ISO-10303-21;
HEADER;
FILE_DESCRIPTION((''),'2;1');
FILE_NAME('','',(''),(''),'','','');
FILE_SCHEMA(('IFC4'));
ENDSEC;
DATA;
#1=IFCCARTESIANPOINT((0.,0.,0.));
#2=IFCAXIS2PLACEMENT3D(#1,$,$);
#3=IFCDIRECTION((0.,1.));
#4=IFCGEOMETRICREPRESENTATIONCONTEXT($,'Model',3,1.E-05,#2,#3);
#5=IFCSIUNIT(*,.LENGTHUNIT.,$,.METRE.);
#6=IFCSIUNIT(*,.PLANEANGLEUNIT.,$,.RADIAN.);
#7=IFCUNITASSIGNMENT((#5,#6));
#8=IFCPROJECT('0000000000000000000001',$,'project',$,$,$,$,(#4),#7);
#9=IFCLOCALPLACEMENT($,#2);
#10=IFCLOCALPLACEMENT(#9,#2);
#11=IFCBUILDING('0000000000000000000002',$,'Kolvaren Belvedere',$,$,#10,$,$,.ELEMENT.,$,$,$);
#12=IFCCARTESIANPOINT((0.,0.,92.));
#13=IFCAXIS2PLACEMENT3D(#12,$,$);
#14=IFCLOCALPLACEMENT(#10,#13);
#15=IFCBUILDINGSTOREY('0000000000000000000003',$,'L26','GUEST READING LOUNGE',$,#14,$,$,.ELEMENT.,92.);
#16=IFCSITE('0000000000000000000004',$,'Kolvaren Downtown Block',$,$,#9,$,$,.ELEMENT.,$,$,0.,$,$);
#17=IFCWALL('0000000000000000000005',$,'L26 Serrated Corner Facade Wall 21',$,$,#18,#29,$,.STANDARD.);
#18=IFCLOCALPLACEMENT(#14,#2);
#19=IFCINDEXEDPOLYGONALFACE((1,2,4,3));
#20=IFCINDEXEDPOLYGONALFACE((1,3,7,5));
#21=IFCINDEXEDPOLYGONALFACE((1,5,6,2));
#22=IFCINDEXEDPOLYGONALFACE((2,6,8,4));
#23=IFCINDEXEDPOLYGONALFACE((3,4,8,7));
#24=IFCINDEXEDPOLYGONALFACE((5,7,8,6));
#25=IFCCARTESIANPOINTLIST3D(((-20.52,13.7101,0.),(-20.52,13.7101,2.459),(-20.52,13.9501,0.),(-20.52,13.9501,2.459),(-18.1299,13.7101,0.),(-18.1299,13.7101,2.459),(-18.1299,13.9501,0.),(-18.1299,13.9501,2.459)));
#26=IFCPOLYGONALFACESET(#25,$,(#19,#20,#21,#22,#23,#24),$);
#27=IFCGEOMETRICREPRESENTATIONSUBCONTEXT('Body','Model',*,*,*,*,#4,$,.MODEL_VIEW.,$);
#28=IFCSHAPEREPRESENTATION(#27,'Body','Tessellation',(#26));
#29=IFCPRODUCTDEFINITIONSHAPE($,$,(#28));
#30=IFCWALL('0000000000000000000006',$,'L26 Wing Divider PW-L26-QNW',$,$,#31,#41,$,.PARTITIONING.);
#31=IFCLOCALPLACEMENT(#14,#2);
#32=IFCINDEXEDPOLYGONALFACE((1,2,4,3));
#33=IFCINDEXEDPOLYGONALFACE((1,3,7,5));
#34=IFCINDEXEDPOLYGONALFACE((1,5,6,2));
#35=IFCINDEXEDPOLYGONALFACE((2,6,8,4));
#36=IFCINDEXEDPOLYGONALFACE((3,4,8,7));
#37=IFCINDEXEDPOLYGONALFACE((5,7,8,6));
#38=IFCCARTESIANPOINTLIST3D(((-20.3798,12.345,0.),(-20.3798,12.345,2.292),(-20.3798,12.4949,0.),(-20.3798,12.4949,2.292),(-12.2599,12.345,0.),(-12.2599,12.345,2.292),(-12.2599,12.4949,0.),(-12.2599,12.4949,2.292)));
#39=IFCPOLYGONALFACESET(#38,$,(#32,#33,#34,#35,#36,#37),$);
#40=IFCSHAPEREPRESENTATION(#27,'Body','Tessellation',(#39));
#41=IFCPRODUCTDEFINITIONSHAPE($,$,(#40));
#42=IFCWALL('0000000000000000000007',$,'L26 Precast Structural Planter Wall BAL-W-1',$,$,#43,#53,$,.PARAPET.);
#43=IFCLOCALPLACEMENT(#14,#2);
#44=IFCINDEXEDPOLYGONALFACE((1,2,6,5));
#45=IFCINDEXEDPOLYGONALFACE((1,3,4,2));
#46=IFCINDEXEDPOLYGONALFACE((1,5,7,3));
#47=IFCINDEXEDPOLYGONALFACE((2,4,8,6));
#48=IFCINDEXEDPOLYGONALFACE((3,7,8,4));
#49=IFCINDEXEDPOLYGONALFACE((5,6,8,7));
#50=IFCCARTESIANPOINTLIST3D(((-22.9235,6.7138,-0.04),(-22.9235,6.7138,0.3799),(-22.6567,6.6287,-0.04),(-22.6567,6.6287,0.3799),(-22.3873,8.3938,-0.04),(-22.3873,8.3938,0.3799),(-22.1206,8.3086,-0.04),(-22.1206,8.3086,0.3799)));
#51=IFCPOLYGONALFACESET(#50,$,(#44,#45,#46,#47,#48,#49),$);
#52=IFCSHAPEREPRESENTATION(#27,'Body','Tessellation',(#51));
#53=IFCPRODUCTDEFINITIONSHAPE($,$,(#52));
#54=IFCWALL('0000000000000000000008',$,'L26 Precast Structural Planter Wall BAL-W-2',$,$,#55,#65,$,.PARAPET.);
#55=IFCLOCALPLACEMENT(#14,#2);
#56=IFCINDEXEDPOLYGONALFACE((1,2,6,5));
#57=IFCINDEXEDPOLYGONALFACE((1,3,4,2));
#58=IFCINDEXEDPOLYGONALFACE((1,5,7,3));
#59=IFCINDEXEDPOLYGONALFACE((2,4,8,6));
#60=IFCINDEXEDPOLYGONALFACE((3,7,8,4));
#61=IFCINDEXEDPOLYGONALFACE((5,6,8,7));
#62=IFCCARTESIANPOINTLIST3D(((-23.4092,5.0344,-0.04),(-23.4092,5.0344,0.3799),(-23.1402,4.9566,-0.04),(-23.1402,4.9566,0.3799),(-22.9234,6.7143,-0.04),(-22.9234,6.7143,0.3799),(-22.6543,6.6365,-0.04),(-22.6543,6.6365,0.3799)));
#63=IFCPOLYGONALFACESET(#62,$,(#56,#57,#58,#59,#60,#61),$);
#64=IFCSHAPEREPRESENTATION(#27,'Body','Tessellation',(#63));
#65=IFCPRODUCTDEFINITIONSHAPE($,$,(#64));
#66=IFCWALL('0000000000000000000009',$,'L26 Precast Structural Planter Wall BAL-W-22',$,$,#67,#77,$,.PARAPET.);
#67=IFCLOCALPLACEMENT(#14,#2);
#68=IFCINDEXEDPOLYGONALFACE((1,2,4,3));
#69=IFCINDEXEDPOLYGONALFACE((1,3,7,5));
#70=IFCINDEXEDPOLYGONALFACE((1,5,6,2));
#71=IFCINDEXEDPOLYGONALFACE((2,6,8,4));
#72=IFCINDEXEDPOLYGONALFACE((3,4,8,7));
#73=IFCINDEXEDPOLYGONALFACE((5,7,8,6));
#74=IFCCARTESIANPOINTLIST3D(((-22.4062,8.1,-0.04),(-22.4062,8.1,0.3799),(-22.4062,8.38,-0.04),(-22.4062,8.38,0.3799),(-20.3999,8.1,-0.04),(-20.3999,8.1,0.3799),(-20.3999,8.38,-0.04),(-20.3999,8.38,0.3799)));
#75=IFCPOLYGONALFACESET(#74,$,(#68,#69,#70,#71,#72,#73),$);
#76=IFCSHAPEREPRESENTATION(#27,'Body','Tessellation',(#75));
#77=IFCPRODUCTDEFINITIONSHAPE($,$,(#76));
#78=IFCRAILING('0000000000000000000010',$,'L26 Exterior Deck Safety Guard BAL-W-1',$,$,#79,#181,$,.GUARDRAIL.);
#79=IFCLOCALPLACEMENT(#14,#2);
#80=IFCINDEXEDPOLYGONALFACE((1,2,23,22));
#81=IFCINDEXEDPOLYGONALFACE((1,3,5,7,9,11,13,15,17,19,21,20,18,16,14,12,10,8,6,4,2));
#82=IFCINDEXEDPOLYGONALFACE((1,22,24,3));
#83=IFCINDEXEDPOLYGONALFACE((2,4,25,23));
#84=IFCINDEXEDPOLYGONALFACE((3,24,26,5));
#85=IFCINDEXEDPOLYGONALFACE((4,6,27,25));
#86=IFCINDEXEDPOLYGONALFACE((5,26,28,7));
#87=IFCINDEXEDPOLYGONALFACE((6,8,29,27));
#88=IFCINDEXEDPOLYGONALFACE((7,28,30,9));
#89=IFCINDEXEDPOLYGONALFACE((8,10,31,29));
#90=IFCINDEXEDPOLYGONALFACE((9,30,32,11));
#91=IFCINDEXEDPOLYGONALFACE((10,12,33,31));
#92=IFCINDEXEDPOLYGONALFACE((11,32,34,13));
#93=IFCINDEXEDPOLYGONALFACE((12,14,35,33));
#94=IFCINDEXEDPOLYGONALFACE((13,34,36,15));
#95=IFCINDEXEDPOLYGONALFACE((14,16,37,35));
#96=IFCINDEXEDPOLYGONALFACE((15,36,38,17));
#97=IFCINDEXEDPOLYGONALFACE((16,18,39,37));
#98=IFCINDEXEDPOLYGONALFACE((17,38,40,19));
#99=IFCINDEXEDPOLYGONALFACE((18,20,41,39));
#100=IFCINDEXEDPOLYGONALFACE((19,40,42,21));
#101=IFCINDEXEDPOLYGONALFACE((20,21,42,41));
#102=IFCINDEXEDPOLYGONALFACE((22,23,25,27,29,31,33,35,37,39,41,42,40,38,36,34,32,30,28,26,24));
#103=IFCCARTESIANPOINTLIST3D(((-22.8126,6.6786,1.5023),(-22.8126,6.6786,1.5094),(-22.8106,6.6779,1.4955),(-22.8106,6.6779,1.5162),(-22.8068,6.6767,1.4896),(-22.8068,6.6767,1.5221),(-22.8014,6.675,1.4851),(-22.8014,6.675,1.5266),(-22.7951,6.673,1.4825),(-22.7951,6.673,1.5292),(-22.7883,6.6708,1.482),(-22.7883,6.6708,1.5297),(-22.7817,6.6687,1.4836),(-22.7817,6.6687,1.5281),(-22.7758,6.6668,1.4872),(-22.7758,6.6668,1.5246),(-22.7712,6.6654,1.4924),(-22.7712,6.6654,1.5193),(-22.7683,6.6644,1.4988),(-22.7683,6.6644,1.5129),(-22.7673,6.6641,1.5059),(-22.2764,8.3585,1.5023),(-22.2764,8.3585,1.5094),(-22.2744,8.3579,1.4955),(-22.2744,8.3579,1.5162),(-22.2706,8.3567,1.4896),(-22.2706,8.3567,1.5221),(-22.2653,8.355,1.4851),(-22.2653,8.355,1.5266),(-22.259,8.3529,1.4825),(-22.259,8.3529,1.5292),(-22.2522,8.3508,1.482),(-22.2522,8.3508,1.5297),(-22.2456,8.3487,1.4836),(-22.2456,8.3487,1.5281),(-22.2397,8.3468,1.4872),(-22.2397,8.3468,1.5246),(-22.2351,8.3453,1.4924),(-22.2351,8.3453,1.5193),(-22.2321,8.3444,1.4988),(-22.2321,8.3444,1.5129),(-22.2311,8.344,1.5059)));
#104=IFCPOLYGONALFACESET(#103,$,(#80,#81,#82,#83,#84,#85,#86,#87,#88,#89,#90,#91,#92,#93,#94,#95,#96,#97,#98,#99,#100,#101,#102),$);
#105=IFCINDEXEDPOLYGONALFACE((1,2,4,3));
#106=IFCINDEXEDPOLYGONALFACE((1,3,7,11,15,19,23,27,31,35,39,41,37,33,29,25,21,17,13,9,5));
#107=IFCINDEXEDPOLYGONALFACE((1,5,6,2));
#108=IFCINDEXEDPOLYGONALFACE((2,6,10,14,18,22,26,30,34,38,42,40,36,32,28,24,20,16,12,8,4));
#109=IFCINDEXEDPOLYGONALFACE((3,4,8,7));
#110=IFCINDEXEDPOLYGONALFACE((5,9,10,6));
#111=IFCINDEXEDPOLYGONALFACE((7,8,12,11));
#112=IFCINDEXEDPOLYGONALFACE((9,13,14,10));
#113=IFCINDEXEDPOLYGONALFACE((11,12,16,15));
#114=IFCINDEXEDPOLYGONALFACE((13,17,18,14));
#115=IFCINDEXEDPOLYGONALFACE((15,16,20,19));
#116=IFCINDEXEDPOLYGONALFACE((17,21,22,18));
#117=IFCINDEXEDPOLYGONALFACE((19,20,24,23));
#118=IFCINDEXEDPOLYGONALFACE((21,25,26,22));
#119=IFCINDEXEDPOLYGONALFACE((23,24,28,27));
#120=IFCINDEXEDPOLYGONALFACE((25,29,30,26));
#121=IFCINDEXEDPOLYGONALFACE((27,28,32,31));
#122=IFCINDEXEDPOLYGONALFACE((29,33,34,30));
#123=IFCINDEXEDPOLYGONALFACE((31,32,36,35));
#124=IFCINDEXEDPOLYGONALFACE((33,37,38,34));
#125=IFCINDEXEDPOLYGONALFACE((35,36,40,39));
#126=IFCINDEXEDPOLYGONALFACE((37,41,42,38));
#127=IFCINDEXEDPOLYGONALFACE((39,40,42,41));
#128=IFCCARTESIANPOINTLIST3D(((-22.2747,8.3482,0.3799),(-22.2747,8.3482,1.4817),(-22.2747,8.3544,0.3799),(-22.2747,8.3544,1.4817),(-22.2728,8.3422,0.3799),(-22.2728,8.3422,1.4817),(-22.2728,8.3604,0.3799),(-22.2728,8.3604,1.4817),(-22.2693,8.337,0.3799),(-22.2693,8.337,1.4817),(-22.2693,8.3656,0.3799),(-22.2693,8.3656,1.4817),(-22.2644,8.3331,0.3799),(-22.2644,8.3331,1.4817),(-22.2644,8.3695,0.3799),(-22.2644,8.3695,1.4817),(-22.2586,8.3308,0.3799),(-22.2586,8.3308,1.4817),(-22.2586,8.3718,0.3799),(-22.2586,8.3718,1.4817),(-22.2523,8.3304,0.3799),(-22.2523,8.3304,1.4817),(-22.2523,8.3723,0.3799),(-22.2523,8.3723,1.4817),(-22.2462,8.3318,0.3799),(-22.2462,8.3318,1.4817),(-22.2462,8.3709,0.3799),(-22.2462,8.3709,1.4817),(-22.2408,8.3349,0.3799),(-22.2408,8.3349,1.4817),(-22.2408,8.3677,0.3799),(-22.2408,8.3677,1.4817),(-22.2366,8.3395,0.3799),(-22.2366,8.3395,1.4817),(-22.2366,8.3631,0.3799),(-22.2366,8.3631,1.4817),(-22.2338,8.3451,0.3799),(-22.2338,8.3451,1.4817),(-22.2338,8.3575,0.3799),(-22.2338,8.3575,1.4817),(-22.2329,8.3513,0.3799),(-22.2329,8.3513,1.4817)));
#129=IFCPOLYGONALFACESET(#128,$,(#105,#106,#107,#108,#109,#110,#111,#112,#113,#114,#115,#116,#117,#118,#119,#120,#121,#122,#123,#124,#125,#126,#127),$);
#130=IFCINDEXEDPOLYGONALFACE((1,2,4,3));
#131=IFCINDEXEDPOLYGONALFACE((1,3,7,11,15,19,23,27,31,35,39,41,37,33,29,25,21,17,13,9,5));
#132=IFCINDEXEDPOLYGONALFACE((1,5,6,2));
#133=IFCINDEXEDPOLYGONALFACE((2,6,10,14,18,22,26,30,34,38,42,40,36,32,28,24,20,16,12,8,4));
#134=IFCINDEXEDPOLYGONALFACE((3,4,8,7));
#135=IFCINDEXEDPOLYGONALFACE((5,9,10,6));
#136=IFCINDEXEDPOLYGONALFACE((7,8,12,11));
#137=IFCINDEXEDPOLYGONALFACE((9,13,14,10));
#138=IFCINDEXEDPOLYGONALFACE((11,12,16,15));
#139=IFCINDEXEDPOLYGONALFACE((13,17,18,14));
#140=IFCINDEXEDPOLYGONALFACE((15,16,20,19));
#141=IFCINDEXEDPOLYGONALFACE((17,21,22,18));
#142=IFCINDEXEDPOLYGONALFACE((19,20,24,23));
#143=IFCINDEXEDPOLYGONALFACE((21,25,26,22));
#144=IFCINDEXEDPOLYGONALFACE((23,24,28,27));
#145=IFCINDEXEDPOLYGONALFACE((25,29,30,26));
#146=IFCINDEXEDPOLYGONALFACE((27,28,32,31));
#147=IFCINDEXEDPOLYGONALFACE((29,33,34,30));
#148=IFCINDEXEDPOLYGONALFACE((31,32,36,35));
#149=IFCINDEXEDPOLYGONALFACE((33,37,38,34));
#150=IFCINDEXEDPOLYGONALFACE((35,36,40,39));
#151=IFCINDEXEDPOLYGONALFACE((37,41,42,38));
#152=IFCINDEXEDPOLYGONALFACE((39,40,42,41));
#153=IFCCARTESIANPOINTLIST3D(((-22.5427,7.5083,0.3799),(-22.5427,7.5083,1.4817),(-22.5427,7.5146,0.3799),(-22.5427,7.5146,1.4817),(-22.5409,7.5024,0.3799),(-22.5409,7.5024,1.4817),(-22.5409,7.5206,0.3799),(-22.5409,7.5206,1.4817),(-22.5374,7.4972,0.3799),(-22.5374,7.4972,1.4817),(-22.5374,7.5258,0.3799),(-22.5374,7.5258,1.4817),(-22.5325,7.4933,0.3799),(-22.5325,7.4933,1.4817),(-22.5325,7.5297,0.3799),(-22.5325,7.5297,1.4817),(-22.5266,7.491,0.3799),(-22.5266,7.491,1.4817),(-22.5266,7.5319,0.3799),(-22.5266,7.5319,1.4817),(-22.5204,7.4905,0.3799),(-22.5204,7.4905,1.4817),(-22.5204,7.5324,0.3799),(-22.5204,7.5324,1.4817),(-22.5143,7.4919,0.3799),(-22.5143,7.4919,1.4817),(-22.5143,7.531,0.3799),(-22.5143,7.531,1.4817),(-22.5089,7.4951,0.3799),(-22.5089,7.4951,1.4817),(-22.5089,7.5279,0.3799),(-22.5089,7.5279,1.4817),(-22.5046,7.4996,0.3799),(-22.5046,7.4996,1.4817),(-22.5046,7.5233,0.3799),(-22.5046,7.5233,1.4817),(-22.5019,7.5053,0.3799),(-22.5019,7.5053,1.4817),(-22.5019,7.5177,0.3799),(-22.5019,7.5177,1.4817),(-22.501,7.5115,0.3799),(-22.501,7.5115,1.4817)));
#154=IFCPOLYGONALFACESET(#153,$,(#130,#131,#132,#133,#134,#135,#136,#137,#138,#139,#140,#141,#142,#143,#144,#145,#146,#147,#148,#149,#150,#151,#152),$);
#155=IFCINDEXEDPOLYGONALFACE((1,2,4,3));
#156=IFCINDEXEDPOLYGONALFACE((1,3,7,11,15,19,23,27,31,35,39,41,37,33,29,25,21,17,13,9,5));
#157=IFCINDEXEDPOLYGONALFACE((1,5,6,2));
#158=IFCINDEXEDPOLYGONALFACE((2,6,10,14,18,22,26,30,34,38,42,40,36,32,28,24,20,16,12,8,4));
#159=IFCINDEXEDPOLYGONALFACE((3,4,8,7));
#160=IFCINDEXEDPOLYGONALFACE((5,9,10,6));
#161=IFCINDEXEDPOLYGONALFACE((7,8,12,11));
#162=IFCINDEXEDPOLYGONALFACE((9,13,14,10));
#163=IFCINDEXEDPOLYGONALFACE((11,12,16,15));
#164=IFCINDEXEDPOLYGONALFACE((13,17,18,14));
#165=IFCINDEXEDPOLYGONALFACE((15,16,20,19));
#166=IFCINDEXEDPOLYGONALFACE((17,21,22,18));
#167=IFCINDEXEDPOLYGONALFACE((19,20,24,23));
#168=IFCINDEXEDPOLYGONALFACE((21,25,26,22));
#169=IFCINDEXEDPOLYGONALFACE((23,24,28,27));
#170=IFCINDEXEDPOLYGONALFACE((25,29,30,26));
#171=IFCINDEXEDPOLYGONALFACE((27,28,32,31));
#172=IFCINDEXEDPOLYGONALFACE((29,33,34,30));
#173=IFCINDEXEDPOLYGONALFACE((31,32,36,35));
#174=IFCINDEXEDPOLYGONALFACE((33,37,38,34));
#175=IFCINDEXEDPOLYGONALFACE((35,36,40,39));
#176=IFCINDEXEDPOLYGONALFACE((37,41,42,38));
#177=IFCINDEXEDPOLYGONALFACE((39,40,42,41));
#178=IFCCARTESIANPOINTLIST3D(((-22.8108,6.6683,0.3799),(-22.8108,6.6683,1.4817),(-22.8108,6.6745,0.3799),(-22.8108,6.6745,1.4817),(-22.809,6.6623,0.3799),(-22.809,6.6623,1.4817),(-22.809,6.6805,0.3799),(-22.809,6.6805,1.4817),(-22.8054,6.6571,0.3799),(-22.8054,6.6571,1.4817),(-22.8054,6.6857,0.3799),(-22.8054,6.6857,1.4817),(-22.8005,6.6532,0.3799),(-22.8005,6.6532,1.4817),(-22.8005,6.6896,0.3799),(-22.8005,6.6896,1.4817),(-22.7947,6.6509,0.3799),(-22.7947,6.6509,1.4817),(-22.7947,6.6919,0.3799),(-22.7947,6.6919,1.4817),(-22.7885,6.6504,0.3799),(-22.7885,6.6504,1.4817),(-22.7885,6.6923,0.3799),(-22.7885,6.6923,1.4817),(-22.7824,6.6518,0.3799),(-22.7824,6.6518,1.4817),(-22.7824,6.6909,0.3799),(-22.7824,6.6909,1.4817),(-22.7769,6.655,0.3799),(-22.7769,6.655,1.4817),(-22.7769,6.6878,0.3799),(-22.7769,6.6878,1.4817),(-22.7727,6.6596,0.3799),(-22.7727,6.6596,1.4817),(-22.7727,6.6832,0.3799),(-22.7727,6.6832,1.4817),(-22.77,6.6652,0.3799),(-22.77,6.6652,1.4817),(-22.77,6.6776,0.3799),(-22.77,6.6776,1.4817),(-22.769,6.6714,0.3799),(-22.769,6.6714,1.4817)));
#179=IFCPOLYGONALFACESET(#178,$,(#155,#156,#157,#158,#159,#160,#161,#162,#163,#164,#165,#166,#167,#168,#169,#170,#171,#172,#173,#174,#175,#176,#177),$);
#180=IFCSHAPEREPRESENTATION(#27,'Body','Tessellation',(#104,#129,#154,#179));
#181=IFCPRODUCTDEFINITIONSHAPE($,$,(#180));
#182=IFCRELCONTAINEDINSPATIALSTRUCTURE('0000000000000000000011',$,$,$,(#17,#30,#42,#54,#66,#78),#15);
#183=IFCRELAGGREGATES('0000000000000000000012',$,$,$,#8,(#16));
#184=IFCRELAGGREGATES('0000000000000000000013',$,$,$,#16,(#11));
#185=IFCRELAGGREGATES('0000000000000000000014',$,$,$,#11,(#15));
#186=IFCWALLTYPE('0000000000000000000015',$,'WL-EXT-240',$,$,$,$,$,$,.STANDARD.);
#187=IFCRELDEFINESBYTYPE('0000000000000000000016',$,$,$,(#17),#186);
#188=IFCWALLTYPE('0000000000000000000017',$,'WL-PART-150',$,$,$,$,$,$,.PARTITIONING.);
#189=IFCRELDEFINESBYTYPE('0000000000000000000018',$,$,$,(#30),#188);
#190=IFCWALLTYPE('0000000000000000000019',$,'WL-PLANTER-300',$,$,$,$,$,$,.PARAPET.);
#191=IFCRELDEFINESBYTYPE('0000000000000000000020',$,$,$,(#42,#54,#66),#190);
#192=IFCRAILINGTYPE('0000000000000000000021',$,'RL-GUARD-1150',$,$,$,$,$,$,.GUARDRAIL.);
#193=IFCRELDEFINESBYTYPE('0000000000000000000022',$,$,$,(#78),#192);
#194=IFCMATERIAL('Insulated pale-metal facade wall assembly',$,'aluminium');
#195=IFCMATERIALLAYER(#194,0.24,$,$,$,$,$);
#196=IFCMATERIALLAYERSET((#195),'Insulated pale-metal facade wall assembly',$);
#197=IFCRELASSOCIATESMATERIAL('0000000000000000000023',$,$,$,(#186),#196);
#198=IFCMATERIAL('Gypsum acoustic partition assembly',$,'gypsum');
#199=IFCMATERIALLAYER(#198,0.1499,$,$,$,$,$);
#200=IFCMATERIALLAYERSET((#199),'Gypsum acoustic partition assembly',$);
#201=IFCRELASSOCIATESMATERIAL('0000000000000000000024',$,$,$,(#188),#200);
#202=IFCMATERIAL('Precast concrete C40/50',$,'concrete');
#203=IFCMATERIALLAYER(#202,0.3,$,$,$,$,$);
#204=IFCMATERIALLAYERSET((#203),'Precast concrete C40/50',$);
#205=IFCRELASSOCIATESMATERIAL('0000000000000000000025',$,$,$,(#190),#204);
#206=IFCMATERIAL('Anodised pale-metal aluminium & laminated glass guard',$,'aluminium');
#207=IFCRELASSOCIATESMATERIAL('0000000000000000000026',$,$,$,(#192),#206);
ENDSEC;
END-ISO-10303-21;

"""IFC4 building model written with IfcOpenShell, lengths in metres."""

from ifc_helpers import new_model, si_unit, direction, frame, frame_2d, origin, origin_2d, place, context, subcontext, project, spatial, rectangle, circle, extrude, material, layer, layer_set, type_object, element, save


model = new_model("IFC4")

# Units and contexts
model_context = context("Model", 3, precision=1e-05, world=origin(), true_north=direction((0.0, 1.0)))
body_context = subcontext(model_context, "Body", "Model", "MODEL_VIEW")
ifc_project = project(units=[si_unit("LENGTHUNIT", "METRE"), si_unit("PLANEANGLEUNIT", "RADIAN")], contexts=[model_context])

# Site, building, storey
site_placement = place(None, origin())
site = spatial("IfcSite", under=ifc_project, at=site_placement, Name="Kolvaren Downtown Block", CompositionType="ELEMENT", RefElevation=0.0)
building_placement = place(site_placement, origin())
building = spatial("IfcBuilding", under=site, at=building_placement, Name="Kolvaren Belvedere", CompositionType="ELEMENT")
storey_placement = place(building_placement, frame((0.0, 0.0, 92.0)))
storey = spatial("IfcBuildingStorey", under=building, at=storey_placement, Name="L26", Description="GUEST READING LOUNGE", CompositionType="ELEMENT", Elevation=92.0)

# Shared definitions
ifc_material_1 = material(Name="Insulated pale-metal facade wall assembly", Category="aluminium")
ifc_layer_1 = layer(ifc_material_1, 0.24)
ifc_layer_set_1 = layer_set([ifc_layer_1], Name="Insulated pale-metal facade wall assembly")
wall_type_1 = type_object("IfcWallType", Name="WL-EXT-240", PredefinedType="STANDARD", material=ifc_layer_set_1)

# Walls
wall_1_placement = place(storey_placement, frame((-20.52, 13.8301, 0.0), z_axis=(0.0, 0.0, 1.0), x_axis=(1.0, 0.0, 0.0)))
element("IfcWall", 1, at=wall_1_placement, inside=storey, type_object=wall_type_1, Name="L26 Serrated Corner Facade Wall 21", PredefinedType="STANDARD", context=body_context, shape_type="SweptSolid", body=[
    extrude(rectangle(XDim=2.3901, YDim=0.24, at=frame_2d((1.1951, 0.0))), origin(), (0.0, 0.0, 1.0), 2.459),
])
ifc_material_2 = material(Name="Gypsum acoustic partition assembly", Category="gypsum")
ifc_layer_2 = layer(ifc_material_2, 0.1499)
ifc_layer_set_2 = layer_set([ifc_layer_2], Name="Gypsum acoustic partition assembly")
wall_type_2 = type_object("IfcWallType", Name="WL-PART-150", PredefinedType="PARTITIONING", material=ifc_layer_set_2)
wall_2_placement = place(storey_placement, frame((-20.3799, 12.4199, 0.0), z_axis=(0.0, 0.0, 1.0), x_axis=(1.0, 0.0, 0.0)))
element("IfcWall", 2, at=wall_2_placement, inside=storey, type_object=wall_type_2, Name="L26 Wing Divider PW-L26-QNW", PredefinedType="PARTITIONING", context=body_context, shape_type="SweptSolid", body=[
    extrude(rectangle(XDim=8.1199, YDim=0.1499, at=frame_2d((4.0601, 0.0))), origin(), (0.0, 0.0, 1.0), 2.292),
])
ifc_material_3 = material(Name="Precast concrete C40/50", Category="concrete")
ifc_layer_3 = layer(ifc_material_3, 0.3)
ifc_layer_set_3 = layer_set([ifc_layer_3], Name="Precast concrete C40/50")
wall_type_3 = type_object("IfcWallType", Name="WL-PLANTER-300", PredefinedType="PARAPET", material=ifc_layer_set_3)
wall_3_placement = place(storey_placement, frame((-22.2539, 8.3513, -0.04), z_axis=(0.0, 0.0, 1.0), x_axis=(-0.304032, -0.952662, 0.0)))
element("IfcWall", 3, at=wall_3_placement, inside=storey, type_object=wall_type_3, Name="L26 Precast Structural Planter Wall BAL-W-1", PredefinedType="PARAPET", context=body_context, shape_type="SweptSolid", body=[
    extrude(rectangle(XDim=1.7634, YDim=0.28, at=frame_2d((0.8818, 0.0))), origin(), (0.0, 0.0, 1.0), 0.4199),
])
wall_4_placement = place(storey_placement, frame((-22.7888, 6.6755, -0.04), z_axis=(0.0, 0.0, 1.0), x_axis=(-0.277817, -0.960634, 0.0)))
element("IfcWall", 4, at=wall_4_placement, inside=storey, type_object=wall_type_3, Name="L26 Precast Structural Planter Wall BAL-W-2", PredefinedType="PARAPET", context=body_context, shape_type="SweptSolid", body=[
    extrude(rectangle(XDim=1.7488, YDim=0.28, at=frame_2d((0.8745, 0.0))), origin(), (0.0, 0.0, 1.0), 0.4199),
])
wall_5_placement = place(storey_placement, frame((-20.3999, 8.24, -0.04), z_axis=(0.0, 0.0, 1.0), x_axis=(-1.0, 0.0, 0.0)))
element("IfcWall", 5, at=wall_5_placement, inside=storey, type_object=wall_type_3, Name="L26 Precast Structural Planter Wall BAL-W-22", PredefinedType="PARAPET", context=body_context, shape_type="SweptSolid", body=[
    extrude(rectangle(XDim=2.0063, YDim=0.28, at=frame_2d((1.0032, 0.0))), origin(), (0.0, 0.0, 1.0), 0.4199),
])

# Railing
ifc_material_4 = material(Name="Anodised pale-metal aluminium & laminated glass guard", Category="aluminium")
railing_type = type_object("IfcRailingType", Name="RL-GUARD-1150", PredefinedType="GUARDRAIL", material=ifc_material_4)
railing_1_placement = place(storey_placement, frame((-22.2539, 8.3513, 0.3799)))
element("IfcRailing", 6, at=railing_1_placement, inside=storey, type_object=railing_type, Name="L26 Exterior Deck Safety Guard BAL-W-1", PredefinedType="GUARDRAIL", context=body_context, shape_type="SweptSolid", body=[
    extrude(circle(Radius=0.0239, at=origin_2d()), frame((0.0, 0.0, 1.126), z_axis=(-0.304032, -0.952662, 0.0), x_axis=(0.952662, -0.304032, 0.0)), (0.0, 0.0, 1.0), 1.7634),
    extrude(circle(Radius=0.021, at=origin_2d()), origin(), (0.0, 0.0, 1.0), 1.1018),
    extrude(circle(Radius=0.021, at=origin_2d()), frame((-0.2681, -0.8398, 0.0)), (0.0, 0.0, 1.0), 1.1018),
    extrude(circle(Radius=0.021, at=origin_2d()), frame((-0.5361, -1.6799, 0.0)), (0.0, 0.0, 1.0), 1.1018),
])

save(model, "model.ifc")
